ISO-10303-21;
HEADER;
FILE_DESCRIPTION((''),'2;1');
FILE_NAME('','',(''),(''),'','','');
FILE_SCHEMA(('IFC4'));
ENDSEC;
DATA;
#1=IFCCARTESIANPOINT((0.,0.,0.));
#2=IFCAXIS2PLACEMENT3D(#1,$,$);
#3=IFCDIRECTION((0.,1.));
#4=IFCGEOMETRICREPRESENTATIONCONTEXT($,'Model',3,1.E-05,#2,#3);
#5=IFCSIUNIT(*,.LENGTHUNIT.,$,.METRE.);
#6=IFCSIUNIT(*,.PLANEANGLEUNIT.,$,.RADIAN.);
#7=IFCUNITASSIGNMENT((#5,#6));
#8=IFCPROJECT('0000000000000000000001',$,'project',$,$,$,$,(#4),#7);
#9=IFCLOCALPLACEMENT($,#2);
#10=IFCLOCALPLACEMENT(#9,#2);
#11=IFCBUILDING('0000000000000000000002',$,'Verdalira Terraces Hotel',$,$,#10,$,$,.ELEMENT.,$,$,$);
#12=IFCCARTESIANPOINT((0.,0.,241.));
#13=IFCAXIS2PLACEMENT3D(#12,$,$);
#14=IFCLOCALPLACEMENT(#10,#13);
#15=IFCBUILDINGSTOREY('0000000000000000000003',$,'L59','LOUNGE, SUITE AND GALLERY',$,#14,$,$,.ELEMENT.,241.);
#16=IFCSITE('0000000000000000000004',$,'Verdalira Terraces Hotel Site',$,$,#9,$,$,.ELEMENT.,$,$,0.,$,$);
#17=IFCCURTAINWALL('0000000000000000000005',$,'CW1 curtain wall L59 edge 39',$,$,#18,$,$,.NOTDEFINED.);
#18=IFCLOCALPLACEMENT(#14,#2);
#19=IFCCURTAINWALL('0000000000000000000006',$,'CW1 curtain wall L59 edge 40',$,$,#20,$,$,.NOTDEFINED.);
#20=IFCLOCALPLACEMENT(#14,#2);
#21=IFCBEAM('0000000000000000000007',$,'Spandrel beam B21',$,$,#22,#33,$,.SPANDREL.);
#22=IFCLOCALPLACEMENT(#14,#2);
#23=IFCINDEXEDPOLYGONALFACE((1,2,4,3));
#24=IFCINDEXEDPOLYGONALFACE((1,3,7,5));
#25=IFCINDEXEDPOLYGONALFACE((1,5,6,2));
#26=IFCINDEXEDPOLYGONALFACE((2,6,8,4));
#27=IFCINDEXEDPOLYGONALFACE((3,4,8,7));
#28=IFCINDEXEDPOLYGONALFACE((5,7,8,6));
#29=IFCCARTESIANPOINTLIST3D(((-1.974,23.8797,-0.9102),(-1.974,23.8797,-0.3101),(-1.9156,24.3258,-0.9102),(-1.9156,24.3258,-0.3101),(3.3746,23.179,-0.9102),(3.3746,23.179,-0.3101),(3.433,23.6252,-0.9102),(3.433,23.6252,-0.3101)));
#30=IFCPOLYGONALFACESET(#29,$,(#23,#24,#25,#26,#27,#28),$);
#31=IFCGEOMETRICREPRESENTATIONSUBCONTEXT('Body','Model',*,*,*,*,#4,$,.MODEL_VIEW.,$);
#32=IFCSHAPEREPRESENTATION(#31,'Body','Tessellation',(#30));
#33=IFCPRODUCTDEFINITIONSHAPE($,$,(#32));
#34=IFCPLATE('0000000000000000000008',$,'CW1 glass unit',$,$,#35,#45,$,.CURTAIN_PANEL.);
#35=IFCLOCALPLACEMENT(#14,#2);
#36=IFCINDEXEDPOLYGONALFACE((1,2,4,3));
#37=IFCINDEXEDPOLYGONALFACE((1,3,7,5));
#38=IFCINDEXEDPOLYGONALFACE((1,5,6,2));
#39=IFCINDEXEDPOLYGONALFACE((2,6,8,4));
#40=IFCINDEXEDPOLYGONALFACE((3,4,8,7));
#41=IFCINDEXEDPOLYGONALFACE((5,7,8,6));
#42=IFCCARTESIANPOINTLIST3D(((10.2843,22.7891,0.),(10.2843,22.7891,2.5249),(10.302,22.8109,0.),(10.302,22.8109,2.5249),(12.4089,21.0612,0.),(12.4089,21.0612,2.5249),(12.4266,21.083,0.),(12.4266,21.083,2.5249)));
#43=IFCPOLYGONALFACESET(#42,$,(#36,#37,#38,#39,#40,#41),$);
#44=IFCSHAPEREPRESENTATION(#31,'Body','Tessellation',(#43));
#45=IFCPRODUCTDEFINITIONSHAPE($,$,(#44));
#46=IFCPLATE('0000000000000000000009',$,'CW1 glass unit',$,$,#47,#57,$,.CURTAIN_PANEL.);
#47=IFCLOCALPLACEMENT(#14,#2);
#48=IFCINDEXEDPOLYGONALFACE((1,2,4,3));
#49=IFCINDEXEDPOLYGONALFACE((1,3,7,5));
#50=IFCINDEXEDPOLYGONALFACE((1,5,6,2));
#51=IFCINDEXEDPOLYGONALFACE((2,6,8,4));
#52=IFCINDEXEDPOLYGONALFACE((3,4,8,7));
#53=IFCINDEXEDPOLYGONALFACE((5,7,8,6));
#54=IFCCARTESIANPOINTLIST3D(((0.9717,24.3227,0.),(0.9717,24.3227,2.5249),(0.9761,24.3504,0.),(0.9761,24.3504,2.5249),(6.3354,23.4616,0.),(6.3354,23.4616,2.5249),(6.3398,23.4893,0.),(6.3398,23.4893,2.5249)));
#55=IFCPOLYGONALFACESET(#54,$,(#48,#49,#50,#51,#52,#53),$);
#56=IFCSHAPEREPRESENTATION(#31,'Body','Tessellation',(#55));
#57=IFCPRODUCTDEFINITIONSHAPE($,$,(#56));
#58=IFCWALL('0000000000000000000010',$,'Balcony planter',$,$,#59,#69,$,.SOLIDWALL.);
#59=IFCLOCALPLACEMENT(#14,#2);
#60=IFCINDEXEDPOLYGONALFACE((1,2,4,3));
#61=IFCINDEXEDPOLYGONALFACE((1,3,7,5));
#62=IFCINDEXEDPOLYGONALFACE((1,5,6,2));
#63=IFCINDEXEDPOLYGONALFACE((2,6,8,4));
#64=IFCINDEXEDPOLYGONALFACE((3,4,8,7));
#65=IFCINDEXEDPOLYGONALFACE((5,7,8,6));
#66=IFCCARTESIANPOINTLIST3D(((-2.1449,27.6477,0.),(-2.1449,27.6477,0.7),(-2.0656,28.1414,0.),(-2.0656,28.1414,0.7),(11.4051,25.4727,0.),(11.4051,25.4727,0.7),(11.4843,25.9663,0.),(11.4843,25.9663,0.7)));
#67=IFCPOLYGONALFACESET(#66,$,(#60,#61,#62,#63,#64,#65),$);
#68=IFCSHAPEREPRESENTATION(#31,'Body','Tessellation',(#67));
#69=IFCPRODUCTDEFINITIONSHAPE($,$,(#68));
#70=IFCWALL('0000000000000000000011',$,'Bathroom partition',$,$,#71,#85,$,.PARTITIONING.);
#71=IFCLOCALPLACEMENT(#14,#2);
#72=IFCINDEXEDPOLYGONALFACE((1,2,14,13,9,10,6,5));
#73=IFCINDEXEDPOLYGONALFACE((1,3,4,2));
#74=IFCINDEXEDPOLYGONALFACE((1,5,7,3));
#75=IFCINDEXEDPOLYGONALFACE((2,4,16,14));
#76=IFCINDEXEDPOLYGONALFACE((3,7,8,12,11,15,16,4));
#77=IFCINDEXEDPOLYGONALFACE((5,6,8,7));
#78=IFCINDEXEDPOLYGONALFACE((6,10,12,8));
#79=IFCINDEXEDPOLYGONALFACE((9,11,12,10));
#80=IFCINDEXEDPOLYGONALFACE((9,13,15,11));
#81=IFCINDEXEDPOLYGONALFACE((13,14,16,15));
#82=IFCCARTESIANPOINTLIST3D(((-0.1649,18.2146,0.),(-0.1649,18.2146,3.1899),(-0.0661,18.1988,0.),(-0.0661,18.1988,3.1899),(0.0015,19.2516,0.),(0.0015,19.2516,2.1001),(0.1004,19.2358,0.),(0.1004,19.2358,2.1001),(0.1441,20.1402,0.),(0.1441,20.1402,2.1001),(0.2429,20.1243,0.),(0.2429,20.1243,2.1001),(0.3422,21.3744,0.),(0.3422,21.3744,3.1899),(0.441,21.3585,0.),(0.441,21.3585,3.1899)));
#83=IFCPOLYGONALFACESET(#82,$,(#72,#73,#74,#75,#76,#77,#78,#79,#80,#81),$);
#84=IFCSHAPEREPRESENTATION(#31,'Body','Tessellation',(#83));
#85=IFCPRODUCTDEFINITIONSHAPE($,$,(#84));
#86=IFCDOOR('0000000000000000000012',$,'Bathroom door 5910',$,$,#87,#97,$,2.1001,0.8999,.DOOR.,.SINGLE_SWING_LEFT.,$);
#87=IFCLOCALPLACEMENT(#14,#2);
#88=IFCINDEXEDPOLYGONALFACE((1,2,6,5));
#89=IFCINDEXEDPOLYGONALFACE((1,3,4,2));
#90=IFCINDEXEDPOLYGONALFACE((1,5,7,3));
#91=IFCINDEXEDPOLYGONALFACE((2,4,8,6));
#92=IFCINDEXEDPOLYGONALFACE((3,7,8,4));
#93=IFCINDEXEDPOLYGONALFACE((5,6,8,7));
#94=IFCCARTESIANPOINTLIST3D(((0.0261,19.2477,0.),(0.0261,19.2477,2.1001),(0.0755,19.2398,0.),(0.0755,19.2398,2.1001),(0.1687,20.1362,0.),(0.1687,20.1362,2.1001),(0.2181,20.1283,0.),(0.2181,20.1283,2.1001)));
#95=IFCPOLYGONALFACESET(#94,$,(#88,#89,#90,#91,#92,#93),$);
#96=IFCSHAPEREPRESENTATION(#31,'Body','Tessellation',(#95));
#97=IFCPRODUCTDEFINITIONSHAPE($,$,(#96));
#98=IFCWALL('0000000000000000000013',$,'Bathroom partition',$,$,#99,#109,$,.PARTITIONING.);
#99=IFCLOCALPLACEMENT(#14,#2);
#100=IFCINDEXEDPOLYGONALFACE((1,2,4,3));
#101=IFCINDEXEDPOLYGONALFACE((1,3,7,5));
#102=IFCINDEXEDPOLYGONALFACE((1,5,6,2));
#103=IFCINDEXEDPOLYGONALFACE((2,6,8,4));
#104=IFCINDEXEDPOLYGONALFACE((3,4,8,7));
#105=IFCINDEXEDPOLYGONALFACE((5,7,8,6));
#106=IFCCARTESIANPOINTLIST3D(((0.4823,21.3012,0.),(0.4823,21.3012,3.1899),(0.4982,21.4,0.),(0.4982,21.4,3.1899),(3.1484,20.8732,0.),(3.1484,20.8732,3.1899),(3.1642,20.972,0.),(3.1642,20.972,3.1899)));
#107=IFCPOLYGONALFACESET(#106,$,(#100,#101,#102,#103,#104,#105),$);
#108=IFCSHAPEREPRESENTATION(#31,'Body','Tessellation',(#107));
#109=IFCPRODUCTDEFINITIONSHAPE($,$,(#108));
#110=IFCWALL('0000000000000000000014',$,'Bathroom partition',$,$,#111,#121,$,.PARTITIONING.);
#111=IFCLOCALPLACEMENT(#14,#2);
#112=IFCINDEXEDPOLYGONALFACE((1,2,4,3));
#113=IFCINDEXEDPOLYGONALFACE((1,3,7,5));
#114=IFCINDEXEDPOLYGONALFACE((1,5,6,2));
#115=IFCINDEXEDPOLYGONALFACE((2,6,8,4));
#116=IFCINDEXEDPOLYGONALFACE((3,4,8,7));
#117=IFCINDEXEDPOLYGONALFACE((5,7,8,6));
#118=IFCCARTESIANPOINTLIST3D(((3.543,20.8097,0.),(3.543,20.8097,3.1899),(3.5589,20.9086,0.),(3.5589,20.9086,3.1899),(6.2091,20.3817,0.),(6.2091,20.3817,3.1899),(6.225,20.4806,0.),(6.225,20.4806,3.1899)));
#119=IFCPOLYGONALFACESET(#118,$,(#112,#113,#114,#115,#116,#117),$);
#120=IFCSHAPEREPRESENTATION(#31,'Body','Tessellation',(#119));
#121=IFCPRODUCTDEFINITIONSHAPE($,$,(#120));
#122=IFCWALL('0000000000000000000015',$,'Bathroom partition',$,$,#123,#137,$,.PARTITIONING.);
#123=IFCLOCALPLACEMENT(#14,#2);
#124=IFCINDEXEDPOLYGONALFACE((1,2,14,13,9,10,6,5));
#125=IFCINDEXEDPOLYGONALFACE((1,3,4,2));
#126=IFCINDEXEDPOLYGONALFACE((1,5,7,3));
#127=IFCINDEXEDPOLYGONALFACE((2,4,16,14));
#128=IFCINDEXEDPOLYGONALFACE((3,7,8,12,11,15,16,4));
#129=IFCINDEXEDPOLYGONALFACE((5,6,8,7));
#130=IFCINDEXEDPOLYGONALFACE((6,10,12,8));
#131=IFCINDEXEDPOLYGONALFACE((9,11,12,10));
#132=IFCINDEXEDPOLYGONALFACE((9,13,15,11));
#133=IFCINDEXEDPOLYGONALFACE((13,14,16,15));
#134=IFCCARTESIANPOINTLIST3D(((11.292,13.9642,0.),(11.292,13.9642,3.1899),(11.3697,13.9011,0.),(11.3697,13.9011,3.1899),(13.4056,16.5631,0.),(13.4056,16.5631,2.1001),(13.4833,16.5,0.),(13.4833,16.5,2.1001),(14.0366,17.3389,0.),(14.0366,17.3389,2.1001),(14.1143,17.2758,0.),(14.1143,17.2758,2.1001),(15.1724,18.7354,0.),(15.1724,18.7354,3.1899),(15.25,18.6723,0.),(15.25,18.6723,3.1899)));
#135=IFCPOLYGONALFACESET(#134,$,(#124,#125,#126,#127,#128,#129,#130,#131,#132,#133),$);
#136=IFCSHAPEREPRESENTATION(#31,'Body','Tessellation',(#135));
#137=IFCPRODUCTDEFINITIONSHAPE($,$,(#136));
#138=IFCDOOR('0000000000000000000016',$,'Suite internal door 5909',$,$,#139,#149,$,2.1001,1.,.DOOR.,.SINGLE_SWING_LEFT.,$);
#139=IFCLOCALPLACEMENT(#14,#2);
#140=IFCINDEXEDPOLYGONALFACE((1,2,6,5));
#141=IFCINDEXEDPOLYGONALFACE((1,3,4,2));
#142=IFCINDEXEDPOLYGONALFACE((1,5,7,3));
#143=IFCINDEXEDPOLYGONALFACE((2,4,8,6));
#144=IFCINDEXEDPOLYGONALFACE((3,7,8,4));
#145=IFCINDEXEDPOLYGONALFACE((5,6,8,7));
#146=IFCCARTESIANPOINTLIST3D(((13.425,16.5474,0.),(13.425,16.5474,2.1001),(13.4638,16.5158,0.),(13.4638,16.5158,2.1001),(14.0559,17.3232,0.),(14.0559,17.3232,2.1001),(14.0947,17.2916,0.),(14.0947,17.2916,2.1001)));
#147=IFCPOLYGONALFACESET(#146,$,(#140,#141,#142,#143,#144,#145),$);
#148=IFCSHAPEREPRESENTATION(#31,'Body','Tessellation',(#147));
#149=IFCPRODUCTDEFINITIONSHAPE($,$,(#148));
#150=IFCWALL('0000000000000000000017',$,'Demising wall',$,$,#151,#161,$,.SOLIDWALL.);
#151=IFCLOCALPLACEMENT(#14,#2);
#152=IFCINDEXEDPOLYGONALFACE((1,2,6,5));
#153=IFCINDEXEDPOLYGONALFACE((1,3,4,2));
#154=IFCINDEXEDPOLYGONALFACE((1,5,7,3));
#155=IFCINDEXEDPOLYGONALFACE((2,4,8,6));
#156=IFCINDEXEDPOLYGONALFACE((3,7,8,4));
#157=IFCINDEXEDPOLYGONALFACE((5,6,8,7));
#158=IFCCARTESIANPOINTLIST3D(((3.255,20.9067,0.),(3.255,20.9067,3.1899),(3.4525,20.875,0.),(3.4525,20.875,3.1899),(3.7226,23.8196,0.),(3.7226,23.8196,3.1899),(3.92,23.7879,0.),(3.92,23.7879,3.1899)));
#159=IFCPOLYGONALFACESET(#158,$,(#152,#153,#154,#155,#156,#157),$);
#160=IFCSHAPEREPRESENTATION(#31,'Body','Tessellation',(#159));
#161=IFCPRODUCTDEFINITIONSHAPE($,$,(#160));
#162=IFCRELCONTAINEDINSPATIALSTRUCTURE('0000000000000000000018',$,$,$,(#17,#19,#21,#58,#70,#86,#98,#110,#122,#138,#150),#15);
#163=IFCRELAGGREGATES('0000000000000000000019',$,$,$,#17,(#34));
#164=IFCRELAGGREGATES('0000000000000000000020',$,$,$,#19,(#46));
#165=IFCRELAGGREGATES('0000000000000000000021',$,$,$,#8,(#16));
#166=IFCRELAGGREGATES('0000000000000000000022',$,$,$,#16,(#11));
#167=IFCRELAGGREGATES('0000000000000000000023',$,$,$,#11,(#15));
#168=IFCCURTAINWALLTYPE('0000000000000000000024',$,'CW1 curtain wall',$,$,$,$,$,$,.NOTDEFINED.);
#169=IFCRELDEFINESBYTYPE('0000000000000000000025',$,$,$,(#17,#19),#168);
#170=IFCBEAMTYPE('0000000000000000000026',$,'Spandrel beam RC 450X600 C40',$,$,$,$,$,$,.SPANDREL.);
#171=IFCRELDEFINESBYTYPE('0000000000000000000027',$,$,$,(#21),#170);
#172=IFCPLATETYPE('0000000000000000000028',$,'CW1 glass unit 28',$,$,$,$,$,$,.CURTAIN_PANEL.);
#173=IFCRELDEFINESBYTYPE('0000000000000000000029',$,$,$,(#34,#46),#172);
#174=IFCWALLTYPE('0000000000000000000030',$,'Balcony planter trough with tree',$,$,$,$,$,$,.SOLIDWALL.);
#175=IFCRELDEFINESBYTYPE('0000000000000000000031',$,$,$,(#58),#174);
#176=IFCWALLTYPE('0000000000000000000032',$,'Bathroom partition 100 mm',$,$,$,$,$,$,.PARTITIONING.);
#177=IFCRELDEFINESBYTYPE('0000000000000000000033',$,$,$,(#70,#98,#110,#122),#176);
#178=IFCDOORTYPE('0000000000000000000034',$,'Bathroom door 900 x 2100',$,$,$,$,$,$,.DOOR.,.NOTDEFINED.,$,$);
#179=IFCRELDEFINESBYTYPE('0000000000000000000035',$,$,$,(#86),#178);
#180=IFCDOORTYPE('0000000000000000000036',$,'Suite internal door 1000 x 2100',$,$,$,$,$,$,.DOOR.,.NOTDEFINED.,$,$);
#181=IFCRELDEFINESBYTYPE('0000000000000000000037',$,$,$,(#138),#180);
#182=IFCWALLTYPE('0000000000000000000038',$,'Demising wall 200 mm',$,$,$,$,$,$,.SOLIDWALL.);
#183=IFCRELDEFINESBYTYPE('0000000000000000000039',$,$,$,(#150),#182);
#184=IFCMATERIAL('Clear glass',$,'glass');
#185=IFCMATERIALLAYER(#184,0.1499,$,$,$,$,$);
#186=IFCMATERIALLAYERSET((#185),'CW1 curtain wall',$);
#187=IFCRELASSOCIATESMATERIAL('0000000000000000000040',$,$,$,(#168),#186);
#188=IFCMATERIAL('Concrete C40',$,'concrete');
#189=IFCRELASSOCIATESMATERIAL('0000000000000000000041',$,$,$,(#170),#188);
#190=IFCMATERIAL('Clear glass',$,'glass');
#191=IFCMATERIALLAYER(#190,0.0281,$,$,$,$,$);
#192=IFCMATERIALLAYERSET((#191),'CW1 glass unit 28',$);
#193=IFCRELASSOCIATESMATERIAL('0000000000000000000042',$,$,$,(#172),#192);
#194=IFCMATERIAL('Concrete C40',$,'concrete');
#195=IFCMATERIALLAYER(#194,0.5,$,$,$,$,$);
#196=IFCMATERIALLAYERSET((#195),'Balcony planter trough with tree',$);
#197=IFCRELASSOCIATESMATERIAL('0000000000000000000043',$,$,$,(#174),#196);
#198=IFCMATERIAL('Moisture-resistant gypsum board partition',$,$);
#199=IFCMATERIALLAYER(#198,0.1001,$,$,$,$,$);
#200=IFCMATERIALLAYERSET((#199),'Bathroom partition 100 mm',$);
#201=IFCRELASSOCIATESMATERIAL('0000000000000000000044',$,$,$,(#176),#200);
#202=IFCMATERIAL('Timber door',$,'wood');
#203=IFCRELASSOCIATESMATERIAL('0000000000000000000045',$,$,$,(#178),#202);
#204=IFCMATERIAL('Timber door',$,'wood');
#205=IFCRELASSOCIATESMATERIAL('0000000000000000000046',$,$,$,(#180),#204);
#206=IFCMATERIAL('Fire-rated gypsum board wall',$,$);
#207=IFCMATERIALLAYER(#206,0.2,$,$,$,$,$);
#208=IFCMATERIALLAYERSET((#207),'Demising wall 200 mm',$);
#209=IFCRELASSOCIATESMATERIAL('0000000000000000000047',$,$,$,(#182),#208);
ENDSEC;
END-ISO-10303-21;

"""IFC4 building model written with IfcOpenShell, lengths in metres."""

from ifc_helpers import new_model, si_unit, direction, frame, frame_2d, origin, origin_2d, place, context, subcontext, project, spatial, rectangle, extrude, material, layer, layer_set, material_profile, profile_set, type_object, element, fill, aggregate, save


model = new_model("IFC4")

# Units and contexts
model_context = context("Model", 3, precision=1e-05, world=origin(), true_north=direction((0.0, 1.0)))
body_context = subcontext(model_context, "Body", "Model", "MODEL_VIEW")
ifc_project = project(units=[si_unit("LENGTHUNIT", "METRE"), si_unit("PLANEANGLEUNIT", "RADIAN")], contexts=[model_context])

# Site, building, storey
site_placement = place(None, origin())
site = spatial("IfcSite", under=ifc_project, at=site_placement, Name="Verdalira Terraces Hotel Site", CompositionType="ELEMENT", RefElevation=0.0)
building_placement = place(site_placement, origin())
building = spatial("IfcBuilding", under=site, at=building_placement, Name="Verdalira Terraces Hotel", CompositionType="ELEMENT")
storey_placement = place(building_placement, frame((0.0, 0.0, 241.0)))
storey = spatial("IfcBuildingStorey", under=building, at=storey_placement, Name="L59", Description="LOUNGE, SUITE AND GALLERY", CompositionType="ELEMENT", Elevation=241.0)

# Curtain wall
ifc_material_1 = material(Name="Clear glass", Category="glass")
ifc_layer_1 = layer(ifc_material_1, 0.1499)
ifc_layer_set_1 = layer_set([ifc_layer_1], Name="CW1 curtain wall")
curtain_wall_type = type_object("IfcCurtainWallType", Name="CW1 curtain wall", PredefinedType="NOTDEFINED", material=ifc_layer_set_1)
curtain_wall_1_placement = place(storey_placement, origin())
curtain_wall_1 = element("IfcCurtainWall", 1, at=curtain_wall_1_placement, inside=storey, type_object=curtain_wall_type, Name="CW1 curtain wall L59 edge 39", PredefinedType="NOTDEFINED")

# Curtain wall
curtain_wall_2_placement = place(storey_placement, origin())
curtain_wall_2 = element("IfcCurtainWall", 2, at=curtain_wall_2_placement, inside=storey, type_object=curtain_wall_type, Name="CW1 curtain wall L59 edge 40", PredefinedType="NOTDEFINED")

# Beam
ifc_material_2 = material(Name="Concrete C40", Category="concrete")
ifc_material_profile_1 = material_profile(ifc_material_2, rectangle(XDim=0.45, YDim=0.6001, at=origin_2d()), Name="RC 450X600")
ifc_profile_set_1 = profile_set([ifc_material_profile_1], Name="Concrete C40")
beam_type_1 = type_object("IfcBeamType", Name="Spandrel beam RC 450X600 C40", PredefinedType="SPANDREL", material=ifc_profile_set_1)
beam_1_placement = place(storey_placement, frame((3.4038, 23.4021, -0.6101), z_axis=(-0.991528, 0.129893, 0.0), x_axis=(-0.129893, -0.991528, 0.0)))
element("IfcBeam", 3, at=beam_1_placement, inside=storey, type_object=beam_type_1, Name="Spandrel beam B21", PredefinedType="SPANDREL", context=body_context, shape_type="SweptSolid", body=[
    extrude(rectangle(XDim=0.45, YDim=0.6001, at=origin_2d()), origin(), (0.0, 0.0, 1.0), 5.3943),
])

# Plates
ifc_material_3 = material(Name="Clear glass", Category="glass")
ifc_layer_2 = layer(ifc_material_3, 0.0281)
ifc_layer_set_2 = layer_set([ifc_layer_2], Name="CW1 glass unit 28")
plate_type = type_object("IfcPlateType", Name="CW1 glass unit 28", PredefinedType="CURTAIN_PANEL", material=ifc_layer_set_2)
plate_1_placement = place(storey_placement, frame((11.3555, 21.936, 0.0), z_axis=(0.0, 0.0, 1.0), x_axis=(-0.775826, 0.630947, 0.0)))
plate_1 = element("IfcPlate", 4, at=plate_1_placement, type_object=plate_type, Name="CW1 glass unit", PredefinedType="CURTAIN_PANEL", context=body_context, shape_type="SweptSolid", body=[
    extrude(rectangle(XDim=2.7385, YDim=0.0281, at=origin_2d()), origin(), (0.0, 0.0, 1.0), 2.5249),
])
aggregate(curtain_wall_1, [plate_1])
plate_2_placement = place(storey_placement, frame((3.6558, 23.906, 0.0), z_axis=(0.0, 0.0, 1.0), x_axis=(-0.987359, 0.158503, 0.0)))
plate_2 = element("IfcPlate", 5, at=plate_2_placement, type_object=plate_type, Name="CW1 glass unit", PredefinedType="CURTAIN_PANEL", context=body_context, shape_type="SweptSolid", body=[
    extrude(rectangle(XDim=5.4324, YDim=0.0281, at=origin_2d()), origin(), (0.0, 0.0, 1.0), 2.5249),
])
aggregate(curtain_wall_2, [plate_2])

# Wall
ifc_material_4 = material(Name="Concrete C40", Category="concrete")
ifc_layer_3 = layer(ifc_material_4, 0.5)
ifc_layer_set_3 = layer_set([ifc_layer_3], Name="Balcony planter trough with tree")
wall_type_1 = type_object("IfcWallType", Name="Balcony planter trough with tree", PredefinedType="SOLIDWALL", material=ifc_layer_set_3)
wall_1_placement = place(storey_placement, frame((11.4448, 25.7195, 0.0), z_axis=(0.0, 0.0, 1.0), x_axis=(-0.98736, 0.158491, 0.0)))
element("IfcWall", 6, at=wall_1_placement, inside=storey, type_object=wall_type_1, Name="Balcony planter", PredefinedType="SOLIDWALL", context=body_context, shape_type="SweptSolid", body=[
    extrude(rectangle(XDim=13.7234, YDim=0.5, at=frame_2d((6.8618, 0.0))), origin(), (0.0, 0.0, 1.0), 0.7),
])

# Wall, opening, door
ifc_material_5 = material(Name="Moisture-resistant gypsum board partition")
ifc_layer_4 = layer(ifc_material_5, 0.1001)
ifc_layer_set_4 = layer_set([ifc_layer_4], Name="Bathroom partition 100 mm")
wall_type_2 = type_object("IfcWallType", Name="Bathroom partition 100 mm", PredefinedType="PARTITIONING", material=ifc_layer_set_4)
wall_2_placement = place(storey_placement, frame((0.3916, 21.3665, 0.0), z_axis=(0.0, 0.0, 1.0), x_axis=(-0.158458, -0.987366, 0.0)))
wall_2 = element("IfcWall", 7, at=wall_2_placement, inside=storey, type_object=wall_type_2, Name="Bathroom partition", PredefinedType="PARTITIONING", context=body_context, shape_type="SweptSolid", body=[
    extrude(rectangle(XDim=3.2002, YDim=0.1001, at=frame_2d((1.6001, 0.0))), origin(), (0.0, 0.0, 1.0), 3.1899),
])
opening_1_placement = place(wall_2_placement, frame((1.25, 0.0, 0.0)))
opening_1 = element("IfcOpeningElement", 8, at=opening_1_placement, cuts=wall_2, PredefinedType="OPENING", context=body_context, shape_type="SweptSolid", body=[
    extrude(rectangle(XDim=0.8999, YDim=2.1001, at=frame_2d((0.45, 1.05))), frame((0.0, 0.0601, 0.0), z_axis=(0.0, -1.0, 0.0), x_axis=(1.0, 0.0, 0.0)), (0.0, 0.0, 1.0), 0.1201),
])
ifc_material_6 = material(Name="Timber door", Category="wood")
door_type_1 = type_object("IfcDoorType", Name="Bathroom door 900 x 2100", OperationType="NOTDEFINED", PredefinedType="DOOR", material=ifc_material_6)
door_1_placement = place(opening_1_placement, origin())
door_1 = element("IfcDoor", 9, at=door_1_placement, inside=storey, type_object=door_type_1, Name="Bathroom door 5910", OperationType="SINGLE_SWING_LEFT", OverallHeight=2.1001, OverallWidth=0.8999, PredefinedType="DOOR", context=body_context, shape_type="SweptSolid", body=[
    extrude(rectangle(XDim=0.8999, YDim=2.1001, at=frame_2d((0.45, 1.05))), frame((0.0, 0.0249, 0.0), z_axis=(0.0, -1.0, 0.0), x_axis=(1.0, 0.0, 0.0)), (0.0, 0.0, 1.0), 0.05),
])
fill(opening_1, door_1)

# Walls
for number, where, z_axis, x_axis, name in (
    (10, (0.4902, 21.3506, 0.0), (0.0, 0.0, 1.0), (0.987359, -0.158502, 0.0), "Bathroom partition"),
    (11, (6.217, 20.4312, 0.0), (0.0, 0.0, 1.0), (-0.987359, 0.158502, 0.0), "Bathroom partition"),
):
    element("IfcWall", number, at=place(storey_placement, frame(where, z_axis=z_axis, x_axis=x_axis)), inside=storey, type_object=wall_type_2, Name=name, PredefinedType="PARTITIONING", context=body_context, shape_type="SweptSolid", body=[
        extrude(rectangle(XDim=2.7002, YDim=0.1001, at=frame_2d((1.3501, 0.0))), origin(), (0.0, 0.0, 1.0), 3.1899),
    ])

# Wall, opening, door
wall_3_placement = place(storey_placement, frame((15.2112, 18.7039, 0.0), z_axis=(0.0, 0.0, 1.0), x_axis=(-0.630959, -0.775816, 0.0)))
wall_3 = element("IfcWall", 12, at=wall_3_placement, inside=storey, type_object=wall_type_2, Name="Bathroom partition", PredefinedType="PARTITIONING", context=body_context, shape_type="SweptSolid", body=[
    extrude(rectangle(XDim=6.1499, YDim=0.1001, at=frame_2d((3.075, 0.0))), origin(), (0.0, 0.0, 1.0), 3.1899),
])
opening_2_placement = place(wall_3_placement, frame((1.8, 0.0, 0.0)))
opening_2 = element("IfcOpeningElement", 13, at=opening_2_placement, cuts=wall_3, PredefinedType="OPENING", context=body_context, shape_type="SweptSolid", body=[
    extrude(rectangle(XDim=1.0, YDim=2.1001, at=frame_2d((0.5, 1.05))), frame((0.0, 0.0601, 0.0), z_axis=(0.0, -1.0, 0.0), x_axis=(1.0, 0.0, 0.0)), (0.0, 0.0, 1.0), 0.1201),
])
ifc_material_7 = material(Name="Timber door", Category="wood")
door_type_2 = type_object("IfcDoorType", Name="Suite internal door 1000 x 2100", OperationType="NOTDEFINED", PredefinedType="DOOR", material=ifc_material_7)
door_2_placement = place(opening_2_placement, origin())
door_2 = element("IfcDoor", 14, at=door_2_placement, inside=storey, type_object=door_type_2, Name="Suite internal door 5909", OperationType="SINGLE_SWING_LEFT", OverallHeight=2.1001, OverallWidth=1.0, PredefinedType="DOOR", context=body_context, shape_type="SweptSolid", body=[
    extrude(rectangle(XDim=1.0, YDim=2.1001, at=frame_2d((0.5, 1.05))), frame((0.0, 0.0249, 0.0), z_axis=(0.0, -1.0, 0.0), x_axis=(1.0, 0.0, 0.0)), (0.0, 0.0, 1.0), 0.05),
])
fill(opening_2, door_2)

# Wall
ifc_material_8 = material(Name="Fire-rated gypsum board wall")
ifc_layer_5 = layer(ifc_material_8, 0.2)
ifc_layer_set_5 = layer_set([ifc_layer_5], Name="Demising wall 200 mm")
wall_type_3 = type_object("IfcWallType", Name="Demising wall 200 mm", PredefinedType="SOLIDWALL", material=ifc_layer_set_5)
wall_4_placement = place(storey_placement, frame((3.3538, 20.8909, 0.0), z_axis=(0.0, 0.0, 1.0), x_axis=(0.158478, 0.987363, 0.0)))
element("IfcWall", 15, at=wall_4_placement, inside=storey, type_object=wall_type_3, Name="Demising wall", PredefinedType="SOLIDWALL", context=body_context, shape_type="SweptSolid", body=[
    extrude(rectangle(XDim=2.9502, YDim=0.2, at=frame_2d((1.4751, 0.0))), origin(), (0.0, 0.0, 1.0), 3.1899),
])

save(model, "model.ifc")
